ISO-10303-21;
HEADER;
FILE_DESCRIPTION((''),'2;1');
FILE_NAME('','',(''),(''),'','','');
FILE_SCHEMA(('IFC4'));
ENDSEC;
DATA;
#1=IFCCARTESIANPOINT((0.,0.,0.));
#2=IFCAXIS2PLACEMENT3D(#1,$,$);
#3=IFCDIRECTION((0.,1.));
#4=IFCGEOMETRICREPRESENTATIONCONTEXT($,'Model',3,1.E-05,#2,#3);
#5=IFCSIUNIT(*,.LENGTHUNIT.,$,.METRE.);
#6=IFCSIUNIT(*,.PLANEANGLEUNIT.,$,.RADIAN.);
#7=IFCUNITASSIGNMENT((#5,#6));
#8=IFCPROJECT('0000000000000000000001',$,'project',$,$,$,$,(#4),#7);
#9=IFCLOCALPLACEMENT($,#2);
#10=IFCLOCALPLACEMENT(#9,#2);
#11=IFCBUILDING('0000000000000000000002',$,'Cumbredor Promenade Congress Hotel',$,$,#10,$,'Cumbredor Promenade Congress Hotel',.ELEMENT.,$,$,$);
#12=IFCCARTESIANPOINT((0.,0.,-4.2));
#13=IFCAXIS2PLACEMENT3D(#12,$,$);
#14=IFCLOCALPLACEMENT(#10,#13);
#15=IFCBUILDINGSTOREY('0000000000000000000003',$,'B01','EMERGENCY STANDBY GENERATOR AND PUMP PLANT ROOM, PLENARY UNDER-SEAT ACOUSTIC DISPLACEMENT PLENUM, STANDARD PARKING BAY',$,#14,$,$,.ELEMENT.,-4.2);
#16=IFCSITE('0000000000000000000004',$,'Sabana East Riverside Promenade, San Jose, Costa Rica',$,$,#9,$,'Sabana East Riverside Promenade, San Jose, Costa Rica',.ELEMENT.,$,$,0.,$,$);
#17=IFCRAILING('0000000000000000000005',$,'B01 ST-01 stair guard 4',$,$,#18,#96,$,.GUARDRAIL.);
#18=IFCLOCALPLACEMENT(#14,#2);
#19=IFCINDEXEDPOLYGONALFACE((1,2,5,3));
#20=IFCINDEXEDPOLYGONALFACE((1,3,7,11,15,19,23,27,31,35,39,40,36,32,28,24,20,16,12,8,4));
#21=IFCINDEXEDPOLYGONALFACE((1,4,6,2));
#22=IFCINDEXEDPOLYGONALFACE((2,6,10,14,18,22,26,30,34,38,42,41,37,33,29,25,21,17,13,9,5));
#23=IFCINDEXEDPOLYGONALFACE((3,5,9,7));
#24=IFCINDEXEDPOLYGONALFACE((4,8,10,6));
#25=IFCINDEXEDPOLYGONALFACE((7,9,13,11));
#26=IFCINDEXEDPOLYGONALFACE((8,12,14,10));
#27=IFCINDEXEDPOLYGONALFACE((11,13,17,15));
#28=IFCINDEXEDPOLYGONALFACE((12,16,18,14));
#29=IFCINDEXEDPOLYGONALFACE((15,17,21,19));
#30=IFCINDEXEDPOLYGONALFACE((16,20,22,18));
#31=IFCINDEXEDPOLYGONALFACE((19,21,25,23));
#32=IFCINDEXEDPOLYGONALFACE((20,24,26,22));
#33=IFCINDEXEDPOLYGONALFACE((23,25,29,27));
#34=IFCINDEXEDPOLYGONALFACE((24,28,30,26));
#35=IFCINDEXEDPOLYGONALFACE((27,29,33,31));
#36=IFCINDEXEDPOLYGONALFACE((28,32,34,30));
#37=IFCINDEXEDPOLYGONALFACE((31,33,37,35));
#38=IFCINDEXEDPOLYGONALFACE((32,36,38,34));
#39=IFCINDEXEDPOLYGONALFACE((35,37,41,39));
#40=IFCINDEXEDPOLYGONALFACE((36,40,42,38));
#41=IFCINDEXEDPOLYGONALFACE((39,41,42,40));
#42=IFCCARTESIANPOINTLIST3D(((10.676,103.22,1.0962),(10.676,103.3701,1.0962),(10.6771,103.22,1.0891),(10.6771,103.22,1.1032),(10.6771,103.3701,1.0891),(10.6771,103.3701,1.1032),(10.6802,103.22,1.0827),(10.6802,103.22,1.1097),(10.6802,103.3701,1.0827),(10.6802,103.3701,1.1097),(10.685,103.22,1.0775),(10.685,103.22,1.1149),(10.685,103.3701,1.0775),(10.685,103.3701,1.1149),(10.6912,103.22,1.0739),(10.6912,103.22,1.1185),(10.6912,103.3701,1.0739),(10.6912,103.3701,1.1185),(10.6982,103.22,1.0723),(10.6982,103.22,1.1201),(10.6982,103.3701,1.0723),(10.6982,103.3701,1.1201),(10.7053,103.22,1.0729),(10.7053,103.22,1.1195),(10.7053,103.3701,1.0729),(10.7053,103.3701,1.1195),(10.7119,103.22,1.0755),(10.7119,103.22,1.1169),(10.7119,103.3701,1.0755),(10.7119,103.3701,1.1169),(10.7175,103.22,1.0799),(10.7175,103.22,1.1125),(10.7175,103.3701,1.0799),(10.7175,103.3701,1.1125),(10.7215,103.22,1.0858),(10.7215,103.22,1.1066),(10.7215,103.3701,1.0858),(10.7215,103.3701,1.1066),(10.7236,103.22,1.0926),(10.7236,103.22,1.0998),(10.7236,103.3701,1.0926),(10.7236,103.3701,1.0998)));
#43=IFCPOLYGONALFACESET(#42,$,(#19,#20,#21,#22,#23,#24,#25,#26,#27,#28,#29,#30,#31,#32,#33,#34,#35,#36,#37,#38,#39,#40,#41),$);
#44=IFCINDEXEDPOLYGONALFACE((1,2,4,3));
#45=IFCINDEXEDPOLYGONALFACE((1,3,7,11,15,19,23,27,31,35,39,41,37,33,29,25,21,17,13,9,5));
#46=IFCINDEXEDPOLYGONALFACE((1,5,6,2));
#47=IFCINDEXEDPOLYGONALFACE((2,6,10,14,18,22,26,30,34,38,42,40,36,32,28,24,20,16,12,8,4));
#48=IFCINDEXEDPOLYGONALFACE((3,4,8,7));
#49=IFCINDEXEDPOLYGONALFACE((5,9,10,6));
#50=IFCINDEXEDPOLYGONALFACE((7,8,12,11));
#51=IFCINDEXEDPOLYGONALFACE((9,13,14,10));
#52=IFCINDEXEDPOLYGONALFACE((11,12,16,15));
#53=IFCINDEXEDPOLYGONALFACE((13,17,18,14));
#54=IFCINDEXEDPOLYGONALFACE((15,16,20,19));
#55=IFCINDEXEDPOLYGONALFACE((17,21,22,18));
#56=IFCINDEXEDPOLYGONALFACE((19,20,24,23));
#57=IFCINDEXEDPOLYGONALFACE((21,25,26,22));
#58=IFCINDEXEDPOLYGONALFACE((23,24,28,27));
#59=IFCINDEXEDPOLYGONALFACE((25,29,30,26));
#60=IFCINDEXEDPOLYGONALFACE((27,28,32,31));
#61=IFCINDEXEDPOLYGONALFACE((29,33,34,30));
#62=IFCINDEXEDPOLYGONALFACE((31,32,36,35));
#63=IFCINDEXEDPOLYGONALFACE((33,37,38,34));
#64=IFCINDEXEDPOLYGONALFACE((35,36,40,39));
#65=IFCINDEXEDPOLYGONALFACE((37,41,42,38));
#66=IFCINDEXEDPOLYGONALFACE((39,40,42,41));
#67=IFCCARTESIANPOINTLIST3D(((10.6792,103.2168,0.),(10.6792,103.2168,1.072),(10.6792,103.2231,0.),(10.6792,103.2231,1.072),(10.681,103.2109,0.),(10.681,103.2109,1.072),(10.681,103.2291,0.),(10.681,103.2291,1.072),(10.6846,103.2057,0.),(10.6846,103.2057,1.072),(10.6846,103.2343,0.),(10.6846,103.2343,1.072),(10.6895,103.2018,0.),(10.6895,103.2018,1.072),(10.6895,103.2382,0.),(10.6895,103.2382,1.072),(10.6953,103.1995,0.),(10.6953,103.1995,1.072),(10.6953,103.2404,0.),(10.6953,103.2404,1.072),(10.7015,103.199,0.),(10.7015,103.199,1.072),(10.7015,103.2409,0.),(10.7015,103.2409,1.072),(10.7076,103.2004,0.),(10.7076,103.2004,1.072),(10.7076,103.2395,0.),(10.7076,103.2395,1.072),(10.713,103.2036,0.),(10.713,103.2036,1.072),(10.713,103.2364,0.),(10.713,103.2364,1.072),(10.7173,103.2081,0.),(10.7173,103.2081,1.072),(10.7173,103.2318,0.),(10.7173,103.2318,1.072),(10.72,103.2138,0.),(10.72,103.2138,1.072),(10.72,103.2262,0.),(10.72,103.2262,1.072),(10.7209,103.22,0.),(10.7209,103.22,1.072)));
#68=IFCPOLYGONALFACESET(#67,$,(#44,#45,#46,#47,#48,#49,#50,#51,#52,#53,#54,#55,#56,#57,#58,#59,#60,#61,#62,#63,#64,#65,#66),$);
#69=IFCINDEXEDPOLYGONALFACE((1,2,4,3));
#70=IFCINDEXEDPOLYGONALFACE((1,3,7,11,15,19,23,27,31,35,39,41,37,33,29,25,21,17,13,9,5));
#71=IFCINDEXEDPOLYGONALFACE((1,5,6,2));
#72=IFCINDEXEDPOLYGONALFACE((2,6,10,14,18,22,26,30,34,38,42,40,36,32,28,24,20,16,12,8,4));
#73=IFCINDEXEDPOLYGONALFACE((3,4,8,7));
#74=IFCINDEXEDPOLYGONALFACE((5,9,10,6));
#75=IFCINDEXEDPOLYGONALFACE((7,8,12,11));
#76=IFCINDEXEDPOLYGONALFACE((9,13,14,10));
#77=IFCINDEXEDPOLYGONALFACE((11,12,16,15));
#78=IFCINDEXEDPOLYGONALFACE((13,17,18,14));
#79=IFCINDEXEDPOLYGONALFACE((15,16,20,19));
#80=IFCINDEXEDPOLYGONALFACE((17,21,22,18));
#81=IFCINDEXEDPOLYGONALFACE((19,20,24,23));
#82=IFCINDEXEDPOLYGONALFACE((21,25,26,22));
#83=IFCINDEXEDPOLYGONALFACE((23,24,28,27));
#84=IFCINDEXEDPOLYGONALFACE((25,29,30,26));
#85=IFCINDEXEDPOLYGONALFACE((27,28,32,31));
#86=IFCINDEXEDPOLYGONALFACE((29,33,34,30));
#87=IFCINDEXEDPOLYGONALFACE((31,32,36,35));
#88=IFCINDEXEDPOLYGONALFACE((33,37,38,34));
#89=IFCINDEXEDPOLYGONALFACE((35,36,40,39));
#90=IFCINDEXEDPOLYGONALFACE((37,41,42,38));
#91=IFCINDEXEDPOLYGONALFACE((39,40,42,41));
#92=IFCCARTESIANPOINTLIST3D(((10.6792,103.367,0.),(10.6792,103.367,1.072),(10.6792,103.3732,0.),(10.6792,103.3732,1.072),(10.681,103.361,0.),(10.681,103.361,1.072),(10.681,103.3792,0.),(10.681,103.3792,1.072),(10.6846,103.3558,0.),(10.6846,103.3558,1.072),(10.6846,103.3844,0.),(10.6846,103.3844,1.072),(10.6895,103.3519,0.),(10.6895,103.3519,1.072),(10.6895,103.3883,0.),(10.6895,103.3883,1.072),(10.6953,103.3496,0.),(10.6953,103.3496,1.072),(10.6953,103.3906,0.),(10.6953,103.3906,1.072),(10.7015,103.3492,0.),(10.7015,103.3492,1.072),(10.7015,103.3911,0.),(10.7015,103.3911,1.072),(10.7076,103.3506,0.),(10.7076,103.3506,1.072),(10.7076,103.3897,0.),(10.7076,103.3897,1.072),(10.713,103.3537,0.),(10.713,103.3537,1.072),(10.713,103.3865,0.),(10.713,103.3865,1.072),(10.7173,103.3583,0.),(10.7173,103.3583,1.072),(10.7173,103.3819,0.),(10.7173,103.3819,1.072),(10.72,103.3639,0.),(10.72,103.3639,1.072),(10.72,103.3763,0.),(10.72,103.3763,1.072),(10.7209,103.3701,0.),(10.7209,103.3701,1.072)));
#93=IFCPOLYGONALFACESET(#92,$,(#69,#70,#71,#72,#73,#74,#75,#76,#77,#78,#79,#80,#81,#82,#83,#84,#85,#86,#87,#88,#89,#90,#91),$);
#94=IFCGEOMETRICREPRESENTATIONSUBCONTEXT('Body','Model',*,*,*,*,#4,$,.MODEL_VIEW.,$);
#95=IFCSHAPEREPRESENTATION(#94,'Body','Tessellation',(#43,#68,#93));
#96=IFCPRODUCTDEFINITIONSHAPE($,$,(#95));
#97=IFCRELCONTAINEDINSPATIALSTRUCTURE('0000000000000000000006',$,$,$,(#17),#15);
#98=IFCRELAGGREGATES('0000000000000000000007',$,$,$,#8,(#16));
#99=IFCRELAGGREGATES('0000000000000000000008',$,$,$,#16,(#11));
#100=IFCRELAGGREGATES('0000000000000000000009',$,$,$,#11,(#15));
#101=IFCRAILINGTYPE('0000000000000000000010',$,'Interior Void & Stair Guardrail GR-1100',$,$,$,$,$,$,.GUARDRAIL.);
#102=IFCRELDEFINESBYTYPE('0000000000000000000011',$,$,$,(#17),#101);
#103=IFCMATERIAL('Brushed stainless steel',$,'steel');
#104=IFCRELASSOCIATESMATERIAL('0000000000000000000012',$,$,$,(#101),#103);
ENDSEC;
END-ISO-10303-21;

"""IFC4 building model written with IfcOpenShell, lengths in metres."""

from ifc_helpers import new_model, si_unit, direction, frame, origin, origin_2d, place, context, subcontext, project, spatial, circle, extrude, material, type_object, element, save


model = new_model("IFC4")

# Units and contexts
model_context = context("Model", 3, precision=1e-05, world=origin(), true_north=direction((0.0, 1.0)))
body_context = subcontext(model_context, "Body", "Model", "MODEL_VIEW")
ifc_project = project(units=[si_unit("LENGTHUNIT", "METRE"), si_unit("PLANEANGLEUNIT", "RADIAN")], contexts=[model_context])

# Site, building, storey
site_placement = place(None, origin())
site = spatial("IfcSite", under=ifc_project, at=site_placement, Name="Sabana East Riverside Promenade, San Jose, Costa Rica", LongName="Sabana East Riverside Promenade, San Jose, Costa Rica", CompositionType="ELEMENT", RefElevation=0.0)
building_placement = place(site_placement, origin())
building = spatial("IfcBuilding", under=site, at=building_placement, Name="Cumbredor Promenade Congress Hotel", LongName="Cumbredor Promenade Congress Hotel", CompositionType="ELEMENT")
storey_placement = place(building_placement, frame((0.0, 0.0, -4.2)))
storey = spatial("IfcBuildingStorey", under=building, at=storey_placement, Name="B01", Description="EMERGENCY STANDBY GENERATOR AND PUMP PLANT ROOM, PLENARY UNDER-SEAT ACOUSTIC DISPLACEMENT PLENUM, STANDARD PARKING BAY", CompositionType="ELEMENT", Elevation=-4.2)

# Railing
ifc_material_1 = material(Name="Brushed stainless steel", Category="steel")
railing_type_1 = type_object("IfcRailingType", Name="Interior Void & Stair Guardrail GR-1100", PredefinedType="GUARDRAIL", material=ifc_material_1)
railing_1_placement = place(storey_placement, frame((10.7, 103.22, 0.0)))
element("IfcRailing", 1, at=railing_1_placement, inside=storey, type_object=railing_type_1, Name="B01 ST-01 stair guard 4", PredefinedType="GUARDRAIL", context=body_context, shape_type="SweptSolid", body=[
    extrude(circle(Radius=0.0239, at=origin_2d()), frame((0.0, 0.0, 1.0962), z_axis=(0.0, 1.0, 0.0), x_axis=(-1.0, 0.0, 0.0)), (0.0, 0.0, 1.0), 0.1501),
    extrude(circle(Radius=0.021, at=origin_2d()), origin(), (0.0, 0.0, 1.0), 1.072),
    extrude(circle(Radius=0.021, at=origin_2d()), frame((0.0, 0.1501, 0.0)), (0.0, 0.0, 1.0), 1.072),
])

save(model, "model.ifc")
